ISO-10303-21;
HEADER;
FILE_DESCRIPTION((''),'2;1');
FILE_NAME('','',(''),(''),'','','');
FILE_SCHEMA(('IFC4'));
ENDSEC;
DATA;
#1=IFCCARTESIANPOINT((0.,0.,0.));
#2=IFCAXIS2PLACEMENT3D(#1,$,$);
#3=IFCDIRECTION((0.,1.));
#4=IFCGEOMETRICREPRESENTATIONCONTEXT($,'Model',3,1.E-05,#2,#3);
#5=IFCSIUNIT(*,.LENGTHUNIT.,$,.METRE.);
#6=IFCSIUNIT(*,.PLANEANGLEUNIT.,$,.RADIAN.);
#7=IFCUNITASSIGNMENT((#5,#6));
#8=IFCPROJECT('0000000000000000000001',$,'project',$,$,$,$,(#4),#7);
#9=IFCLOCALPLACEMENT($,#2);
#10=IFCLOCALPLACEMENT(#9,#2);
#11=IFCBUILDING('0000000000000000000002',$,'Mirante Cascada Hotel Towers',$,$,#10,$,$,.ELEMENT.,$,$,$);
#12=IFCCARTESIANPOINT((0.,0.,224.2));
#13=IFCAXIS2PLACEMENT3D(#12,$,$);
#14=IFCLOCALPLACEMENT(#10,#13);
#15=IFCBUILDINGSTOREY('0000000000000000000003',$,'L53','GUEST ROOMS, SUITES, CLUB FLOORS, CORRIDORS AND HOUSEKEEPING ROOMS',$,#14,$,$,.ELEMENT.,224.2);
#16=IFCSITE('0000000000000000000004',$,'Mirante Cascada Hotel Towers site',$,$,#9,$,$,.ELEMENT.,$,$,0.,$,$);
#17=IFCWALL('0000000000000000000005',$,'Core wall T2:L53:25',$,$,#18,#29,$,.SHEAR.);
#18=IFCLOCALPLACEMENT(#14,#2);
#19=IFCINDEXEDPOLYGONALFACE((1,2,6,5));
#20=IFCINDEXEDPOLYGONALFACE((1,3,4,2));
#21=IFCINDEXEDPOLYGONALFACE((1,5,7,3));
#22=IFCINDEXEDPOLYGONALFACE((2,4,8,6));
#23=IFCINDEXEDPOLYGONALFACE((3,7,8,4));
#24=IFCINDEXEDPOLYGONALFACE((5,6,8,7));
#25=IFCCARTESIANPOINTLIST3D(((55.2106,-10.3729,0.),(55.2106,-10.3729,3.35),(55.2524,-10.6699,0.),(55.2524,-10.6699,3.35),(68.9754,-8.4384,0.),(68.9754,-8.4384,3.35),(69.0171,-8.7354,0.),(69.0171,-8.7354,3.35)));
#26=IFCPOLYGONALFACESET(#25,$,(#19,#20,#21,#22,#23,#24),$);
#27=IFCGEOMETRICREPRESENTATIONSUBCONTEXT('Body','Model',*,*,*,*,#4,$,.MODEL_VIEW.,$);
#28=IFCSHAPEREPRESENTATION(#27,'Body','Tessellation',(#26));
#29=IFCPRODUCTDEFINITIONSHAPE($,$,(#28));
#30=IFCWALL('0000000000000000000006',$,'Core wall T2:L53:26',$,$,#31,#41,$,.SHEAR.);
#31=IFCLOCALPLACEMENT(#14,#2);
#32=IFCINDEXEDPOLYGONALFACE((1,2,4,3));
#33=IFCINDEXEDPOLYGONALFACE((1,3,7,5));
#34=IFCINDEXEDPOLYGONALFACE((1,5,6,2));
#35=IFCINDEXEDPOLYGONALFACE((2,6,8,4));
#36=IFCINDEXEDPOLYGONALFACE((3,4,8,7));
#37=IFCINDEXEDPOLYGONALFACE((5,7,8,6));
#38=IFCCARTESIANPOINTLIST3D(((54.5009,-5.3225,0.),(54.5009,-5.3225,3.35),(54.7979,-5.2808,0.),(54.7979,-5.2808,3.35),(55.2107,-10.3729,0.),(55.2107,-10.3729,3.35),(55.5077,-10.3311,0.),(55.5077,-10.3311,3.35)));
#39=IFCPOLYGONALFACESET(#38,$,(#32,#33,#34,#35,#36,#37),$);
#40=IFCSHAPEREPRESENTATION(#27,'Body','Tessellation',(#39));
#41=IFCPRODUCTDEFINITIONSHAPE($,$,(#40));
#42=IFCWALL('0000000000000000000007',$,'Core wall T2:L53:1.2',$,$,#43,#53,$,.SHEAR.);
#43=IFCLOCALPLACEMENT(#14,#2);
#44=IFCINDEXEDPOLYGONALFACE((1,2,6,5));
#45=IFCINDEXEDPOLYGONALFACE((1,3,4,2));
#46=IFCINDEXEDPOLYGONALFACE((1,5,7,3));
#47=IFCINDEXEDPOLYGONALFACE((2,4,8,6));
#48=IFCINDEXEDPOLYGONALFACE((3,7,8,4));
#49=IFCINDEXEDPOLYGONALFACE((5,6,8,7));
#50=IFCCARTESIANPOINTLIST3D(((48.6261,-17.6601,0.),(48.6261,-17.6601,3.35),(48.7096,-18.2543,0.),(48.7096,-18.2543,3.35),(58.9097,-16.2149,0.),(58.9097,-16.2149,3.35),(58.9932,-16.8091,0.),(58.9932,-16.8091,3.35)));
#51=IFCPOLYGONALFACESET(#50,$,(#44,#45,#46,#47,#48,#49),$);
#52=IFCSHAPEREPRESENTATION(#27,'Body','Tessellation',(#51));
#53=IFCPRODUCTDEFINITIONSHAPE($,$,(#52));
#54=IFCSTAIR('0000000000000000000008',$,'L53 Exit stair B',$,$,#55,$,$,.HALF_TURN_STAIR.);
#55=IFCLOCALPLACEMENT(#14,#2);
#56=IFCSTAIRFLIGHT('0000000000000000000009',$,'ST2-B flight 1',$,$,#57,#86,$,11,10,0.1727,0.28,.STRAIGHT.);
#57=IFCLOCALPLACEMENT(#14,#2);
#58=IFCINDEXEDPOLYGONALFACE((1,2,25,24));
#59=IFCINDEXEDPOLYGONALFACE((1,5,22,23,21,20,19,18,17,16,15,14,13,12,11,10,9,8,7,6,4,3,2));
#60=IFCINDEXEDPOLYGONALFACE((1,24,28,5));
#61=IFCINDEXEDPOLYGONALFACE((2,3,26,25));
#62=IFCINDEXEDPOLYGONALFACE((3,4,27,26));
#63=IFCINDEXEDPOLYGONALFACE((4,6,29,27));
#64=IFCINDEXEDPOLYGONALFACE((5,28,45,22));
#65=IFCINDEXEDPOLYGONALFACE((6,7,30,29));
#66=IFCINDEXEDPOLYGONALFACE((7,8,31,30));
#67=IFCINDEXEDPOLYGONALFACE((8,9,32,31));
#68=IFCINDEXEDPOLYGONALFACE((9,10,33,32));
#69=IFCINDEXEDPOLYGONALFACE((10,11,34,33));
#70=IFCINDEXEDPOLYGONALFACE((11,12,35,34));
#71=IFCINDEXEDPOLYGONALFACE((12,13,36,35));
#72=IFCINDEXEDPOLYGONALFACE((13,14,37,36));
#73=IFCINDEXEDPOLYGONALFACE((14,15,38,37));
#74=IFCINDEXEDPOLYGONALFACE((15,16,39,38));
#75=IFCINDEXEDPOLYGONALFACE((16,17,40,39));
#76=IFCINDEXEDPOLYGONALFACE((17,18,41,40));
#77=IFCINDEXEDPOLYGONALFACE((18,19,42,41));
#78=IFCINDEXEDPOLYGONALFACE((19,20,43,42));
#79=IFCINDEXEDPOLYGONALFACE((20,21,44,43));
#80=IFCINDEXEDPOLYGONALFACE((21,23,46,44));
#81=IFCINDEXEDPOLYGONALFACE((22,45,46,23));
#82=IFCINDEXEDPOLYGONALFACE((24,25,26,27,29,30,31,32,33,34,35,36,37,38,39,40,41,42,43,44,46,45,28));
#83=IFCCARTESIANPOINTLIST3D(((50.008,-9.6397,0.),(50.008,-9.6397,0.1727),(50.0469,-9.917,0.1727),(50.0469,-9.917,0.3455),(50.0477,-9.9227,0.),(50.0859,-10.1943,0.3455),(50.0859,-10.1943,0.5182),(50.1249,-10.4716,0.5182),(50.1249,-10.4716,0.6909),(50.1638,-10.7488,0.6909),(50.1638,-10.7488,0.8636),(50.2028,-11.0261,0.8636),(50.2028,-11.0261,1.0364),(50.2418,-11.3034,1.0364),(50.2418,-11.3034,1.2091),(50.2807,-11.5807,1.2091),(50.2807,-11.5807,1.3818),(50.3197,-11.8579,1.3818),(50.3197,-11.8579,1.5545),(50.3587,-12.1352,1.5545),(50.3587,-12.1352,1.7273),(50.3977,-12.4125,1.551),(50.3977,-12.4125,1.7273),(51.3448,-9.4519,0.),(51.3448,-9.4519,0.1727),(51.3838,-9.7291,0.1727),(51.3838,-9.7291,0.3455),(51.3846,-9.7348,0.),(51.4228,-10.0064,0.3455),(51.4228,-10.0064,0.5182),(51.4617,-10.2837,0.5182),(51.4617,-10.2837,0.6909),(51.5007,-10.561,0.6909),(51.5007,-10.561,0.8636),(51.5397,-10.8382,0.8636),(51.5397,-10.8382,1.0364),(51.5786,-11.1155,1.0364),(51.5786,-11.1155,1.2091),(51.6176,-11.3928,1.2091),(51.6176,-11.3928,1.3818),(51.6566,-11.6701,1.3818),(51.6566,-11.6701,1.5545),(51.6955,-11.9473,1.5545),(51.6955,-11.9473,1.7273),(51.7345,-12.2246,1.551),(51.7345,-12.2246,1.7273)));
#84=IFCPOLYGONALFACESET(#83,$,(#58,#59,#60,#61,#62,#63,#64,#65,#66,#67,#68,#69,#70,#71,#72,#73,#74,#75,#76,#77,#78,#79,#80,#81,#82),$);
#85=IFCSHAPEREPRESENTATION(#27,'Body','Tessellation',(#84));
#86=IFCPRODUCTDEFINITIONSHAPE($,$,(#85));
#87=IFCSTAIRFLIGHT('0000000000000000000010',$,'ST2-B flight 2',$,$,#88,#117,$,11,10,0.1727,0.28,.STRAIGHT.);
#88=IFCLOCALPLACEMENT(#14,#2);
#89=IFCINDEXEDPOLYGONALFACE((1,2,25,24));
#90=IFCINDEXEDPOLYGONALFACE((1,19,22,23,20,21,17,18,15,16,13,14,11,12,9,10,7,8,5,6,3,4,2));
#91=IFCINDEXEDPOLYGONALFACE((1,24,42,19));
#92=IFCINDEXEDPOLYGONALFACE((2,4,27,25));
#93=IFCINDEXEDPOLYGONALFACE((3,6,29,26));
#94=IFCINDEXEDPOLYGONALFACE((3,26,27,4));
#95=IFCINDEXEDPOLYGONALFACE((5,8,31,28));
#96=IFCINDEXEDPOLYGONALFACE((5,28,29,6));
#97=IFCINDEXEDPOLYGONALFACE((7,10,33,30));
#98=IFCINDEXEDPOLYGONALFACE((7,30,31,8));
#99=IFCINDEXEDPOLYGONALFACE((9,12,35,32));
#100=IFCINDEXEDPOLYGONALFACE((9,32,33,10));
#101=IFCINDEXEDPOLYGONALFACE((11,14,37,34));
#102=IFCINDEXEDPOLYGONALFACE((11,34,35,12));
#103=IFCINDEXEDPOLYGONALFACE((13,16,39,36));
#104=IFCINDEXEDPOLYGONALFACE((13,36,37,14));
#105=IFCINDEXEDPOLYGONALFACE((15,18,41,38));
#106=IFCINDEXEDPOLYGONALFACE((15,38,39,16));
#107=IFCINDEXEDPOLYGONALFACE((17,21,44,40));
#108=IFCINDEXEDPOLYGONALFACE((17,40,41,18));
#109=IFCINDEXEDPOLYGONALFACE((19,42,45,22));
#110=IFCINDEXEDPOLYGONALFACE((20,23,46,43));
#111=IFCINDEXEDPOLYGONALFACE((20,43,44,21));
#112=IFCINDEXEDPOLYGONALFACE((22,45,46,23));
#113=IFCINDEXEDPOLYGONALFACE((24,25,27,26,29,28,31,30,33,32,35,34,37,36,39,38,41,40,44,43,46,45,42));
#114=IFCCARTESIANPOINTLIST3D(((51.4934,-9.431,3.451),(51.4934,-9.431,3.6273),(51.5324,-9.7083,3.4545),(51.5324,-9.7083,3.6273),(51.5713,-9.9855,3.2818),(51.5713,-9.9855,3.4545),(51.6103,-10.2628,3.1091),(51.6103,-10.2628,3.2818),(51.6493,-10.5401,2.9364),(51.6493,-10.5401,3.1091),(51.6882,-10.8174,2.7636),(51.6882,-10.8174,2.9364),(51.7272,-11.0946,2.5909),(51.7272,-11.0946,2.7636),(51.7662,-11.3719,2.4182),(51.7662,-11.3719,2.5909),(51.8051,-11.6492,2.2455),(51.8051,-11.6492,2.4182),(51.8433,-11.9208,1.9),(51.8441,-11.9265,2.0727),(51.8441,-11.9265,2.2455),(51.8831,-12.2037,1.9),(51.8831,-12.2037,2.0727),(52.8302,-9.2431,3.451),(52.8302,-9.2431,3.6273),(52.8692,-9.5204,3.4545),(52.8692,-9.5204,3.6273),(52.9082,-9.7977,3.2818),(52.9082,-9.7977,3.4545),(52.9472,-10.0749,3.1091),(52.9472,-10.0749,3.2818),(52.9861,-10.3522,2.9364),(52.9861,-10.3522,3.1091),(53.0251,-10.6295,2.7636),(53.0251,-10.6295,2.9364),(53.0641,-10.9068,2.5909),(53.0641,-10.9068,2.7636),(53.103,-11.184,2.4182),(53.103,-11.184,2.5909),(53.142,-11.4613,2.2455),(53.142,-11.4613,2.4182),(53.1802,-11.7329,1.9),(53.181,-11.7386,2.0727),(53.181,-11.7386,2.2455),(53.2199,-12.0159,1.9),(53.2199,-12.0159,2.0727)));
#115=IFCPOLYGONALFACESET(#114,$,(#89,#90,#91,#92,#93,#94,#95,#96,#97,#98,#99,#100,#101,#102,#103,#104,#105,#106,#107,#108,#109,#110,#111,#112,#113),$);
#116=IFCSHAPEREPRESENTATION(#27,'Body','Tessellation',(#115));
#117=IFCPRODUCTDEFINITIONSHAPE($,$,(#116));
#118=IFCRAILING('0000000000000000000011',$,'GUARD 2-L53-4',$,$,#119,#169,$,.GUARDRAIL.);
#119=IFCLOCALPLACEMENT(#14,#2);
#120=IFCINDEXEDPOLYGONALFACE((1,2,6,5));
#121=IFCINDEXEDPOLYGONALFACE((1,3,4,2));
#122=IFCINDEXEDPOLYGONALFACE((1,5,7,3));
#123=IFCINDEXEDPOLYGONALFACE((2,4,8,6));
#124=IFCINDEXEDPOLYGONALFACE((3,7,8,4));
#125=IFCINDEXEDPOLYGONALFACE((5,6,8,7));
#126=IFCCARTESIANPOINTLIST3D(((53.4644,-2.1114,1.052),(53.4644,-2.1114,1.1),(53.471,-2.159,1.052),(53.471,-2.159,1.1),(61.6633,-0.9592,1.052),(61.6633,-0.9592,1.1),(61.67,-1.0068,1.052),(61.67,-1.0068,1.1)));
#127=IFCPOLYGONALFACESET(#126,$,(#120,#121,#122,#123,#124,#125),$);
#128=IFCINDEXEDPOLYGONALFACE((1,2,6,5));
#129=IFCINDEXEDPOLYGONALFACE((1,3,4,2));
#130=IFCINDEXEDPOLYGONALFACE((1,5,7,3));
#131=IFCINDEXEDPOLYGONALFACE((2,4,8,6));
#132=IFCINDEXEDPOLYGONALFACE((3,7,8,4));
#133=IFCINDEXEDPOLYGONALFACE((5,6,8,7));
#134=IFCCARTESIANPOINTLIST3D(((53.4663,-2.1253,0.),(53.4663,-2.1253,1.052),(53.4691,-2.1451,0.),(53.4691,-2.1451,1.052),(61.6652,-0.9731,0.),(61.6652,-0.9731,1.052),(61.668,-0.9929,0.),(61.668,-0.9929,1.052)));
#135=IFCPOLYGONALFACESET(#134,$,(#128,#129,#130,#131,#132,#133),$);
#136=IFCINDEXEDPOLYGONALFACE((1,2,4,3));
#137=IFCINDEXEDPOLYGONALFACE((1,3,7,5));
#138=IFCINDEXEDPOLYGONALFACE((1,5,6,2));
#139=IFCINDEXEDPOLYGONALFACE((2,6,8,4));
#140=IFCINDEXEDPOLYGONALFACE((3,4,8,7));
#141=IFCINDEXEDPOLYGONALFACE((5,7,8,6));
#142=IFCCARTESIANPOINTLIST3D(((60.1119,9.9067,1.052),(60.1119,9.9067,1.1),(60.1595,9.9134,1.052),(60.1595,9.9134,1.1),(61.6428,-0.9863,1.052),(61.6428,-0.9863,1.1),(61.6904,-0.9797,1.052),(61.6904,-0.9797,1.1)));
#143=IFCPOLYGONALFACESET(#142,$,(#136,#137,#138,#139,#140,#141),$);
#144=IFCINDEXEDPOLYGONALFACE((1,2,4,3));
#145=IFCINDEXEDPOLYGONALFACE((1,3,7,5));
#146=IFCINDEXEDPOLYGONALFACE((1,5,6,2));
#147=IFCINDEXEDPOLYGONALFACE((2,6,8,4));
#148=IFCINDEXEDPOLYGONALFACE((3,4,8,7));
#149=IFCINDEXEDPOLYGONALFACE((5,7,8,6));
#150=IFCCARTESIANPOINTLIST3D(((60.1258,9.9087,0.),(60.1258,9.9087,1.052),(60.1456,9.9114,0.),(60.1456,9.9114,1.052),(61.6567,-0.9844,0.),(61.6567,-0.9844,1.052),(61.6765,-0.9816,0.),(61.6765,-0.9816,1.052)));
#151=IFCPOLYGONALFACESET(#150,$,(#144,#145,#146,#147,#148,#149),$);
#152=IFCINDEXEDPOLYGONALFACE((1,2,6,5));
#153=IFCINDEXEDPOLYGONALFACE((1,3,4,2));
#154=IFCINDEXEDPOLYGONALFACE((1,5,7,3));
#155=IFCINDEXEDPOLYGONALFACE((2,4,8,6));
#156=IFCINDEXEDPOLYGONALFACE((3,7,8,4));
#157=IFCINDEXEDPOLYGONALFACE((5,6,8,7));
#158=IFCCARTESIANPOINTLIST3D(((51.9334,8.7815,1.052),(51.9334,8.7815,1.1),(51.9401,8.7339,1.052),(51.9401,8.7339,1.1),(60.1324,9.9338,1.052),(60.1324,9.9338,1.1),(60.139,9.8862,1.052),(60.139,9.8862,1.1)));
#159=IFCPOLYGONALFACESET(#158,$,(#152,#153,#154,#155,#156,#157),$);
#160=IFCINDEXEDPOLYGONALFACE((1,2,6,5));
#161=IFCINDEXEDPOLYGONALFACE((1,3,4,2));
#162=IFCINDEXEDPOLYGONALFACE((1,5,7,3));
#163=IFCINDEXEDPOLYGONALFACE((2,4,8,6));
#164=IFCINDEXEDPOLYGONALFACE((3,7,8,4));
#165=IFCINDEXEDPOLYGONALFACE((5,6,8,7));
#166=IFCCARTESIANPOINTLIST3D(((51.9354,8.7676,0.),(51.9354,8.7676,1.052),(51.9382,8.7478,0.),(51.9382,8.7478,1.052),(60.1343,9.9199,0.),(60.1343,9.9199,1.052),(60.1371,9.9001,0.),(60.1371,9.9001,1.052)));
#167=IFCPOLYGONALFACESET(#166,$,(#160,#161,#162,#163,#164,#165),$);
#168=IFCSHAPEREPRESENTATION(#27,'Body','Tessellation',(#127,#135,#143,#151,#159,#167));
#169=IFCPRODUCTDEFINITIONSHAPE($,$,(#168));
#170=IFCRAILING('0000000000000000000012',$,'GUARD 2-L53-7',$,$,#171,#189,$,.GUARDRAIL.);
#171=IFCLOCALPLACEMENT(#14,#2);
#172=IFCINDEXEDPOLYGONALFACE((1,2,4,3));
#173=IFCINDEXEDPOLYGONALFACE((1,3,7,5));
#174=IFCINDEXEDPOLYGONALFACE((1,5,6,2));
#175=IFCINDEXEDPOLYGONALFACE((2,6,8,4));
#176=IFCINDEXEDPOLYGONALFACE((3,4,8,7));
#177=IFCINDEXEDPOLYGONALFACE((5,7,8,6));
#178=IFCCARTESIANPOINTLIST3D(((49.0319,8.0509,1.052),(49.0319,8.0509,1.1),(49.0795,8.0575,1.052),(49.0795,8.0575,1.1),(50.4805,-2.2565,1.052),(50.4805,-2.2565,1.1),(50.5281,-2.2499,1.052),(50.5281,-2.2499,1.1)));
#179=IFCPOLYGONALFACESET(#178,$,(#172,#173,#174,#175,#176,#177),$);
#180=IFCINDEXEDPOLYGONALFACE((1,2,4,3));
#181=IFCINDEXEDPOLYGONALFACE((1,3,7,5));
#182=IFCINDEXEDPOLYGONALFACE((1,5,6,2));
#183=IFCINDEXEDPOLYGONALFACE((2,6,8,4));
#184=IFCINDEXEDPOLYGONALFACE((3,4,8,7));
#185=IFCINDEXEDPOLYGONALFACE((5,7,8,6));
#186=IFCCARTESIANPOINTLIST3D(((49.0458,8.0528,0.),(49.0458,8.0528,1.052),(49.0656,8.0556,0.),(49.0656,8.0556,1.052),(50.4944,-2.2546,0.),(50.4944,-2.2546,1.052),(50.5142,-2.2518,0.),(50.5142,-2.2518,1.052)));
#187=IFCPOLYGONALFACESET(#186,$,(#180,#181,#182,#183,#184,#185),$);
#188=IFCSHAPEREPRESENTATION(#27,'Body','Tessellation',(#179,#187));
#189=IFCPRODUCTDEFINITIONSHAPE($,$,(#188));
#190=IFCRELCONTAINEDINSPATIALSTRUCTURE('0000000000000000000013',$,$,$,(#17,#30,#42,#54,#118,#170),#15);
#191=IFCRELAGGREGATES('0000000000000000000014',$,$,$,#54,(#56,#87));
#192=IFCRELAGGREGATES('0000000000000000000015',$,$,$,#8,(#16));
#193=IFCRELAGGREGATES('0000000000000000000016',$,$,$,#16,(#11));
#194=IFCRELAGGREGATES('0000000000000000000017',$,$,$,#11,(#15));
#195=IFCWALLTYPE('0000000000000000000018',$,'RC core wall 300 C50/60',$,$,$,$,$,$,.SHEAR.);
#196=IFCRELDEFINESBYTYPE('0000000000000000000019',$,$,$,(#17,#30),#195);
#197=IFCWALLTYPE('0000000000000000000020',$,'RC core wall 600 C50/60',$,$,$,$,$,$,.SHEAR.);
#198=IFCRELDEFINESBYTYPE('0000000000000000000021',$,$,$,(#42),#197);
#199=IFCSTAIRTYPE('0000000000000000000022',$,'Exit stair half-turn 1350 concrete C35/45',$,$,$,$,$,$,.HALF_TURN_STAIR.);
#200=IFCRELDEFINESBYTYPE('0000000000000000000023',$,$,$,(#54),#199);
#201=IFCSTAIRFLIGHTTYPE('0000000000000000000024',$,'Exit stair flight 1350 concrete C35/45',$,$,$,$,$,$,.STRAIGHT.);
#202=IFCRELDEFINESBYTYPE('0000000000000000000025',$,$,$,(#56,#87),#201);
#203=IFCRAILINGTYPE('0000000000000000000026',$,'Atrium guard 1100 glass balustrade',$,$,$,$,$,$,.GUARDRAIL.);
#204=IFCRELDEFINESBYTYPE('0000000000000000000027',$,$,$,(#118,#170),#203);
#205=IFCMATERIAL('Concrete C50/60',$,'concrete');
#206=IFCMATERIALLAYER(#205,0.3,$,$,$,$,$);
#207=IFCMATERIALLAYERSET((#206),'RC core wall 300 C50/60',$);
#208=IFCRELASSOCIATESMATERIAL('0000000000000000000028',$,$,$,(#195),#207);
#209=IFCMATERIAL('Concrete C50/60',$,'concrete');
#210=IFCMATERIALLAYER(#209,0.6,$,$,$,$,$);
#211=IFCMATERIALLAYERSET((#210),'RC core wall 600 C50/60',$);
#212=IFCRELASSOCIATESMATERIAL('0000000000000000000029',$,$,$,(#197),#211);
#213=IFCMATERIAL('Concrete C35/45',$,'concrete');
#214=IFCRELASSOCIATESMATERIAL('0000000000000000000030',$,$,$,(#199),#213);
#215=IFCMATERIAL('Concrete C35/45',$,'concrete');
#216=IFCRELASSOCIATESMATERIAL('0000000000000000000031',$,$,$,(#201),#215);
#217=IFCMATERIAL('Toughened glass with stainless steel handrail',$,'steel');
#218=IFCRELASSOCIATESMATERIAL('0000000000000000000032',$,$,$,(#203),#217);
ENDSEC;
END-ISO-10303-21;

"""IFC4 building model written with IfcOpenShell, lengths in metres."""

from ifc_helpers import new_model, si_unit, direction, frame, frame_2d, origin, origin_2d, place, context, subcontext, project, spatial, polyline, rectangle, outline, extrude, material, layer, layer_set, type_object, element, aggregate, save


model = new_model("IFC4")

# Units and contexts
model_context = context("Model", 3, precision=1e-05, world=origin(), true_north=direction((0.0, 1.0)))
body_context = subcontext(model_context, "Body", "Model", "MODEL_VIEW")
ifc_project = project(units=[si_unit("LENGTHUNIT", "METRE"), si_unit("PLANEANGLEUNIT", "RADIAN")], contexts=[model_context])

# Site, building, storey
site_placement = place(None, origin())
site = spatial("IfcSite", under=ifc_project, at=site_placement, Name="Mirante Cascada Hotel Towers site", CompositionType="ELEMENT", RefElevation=0.0)
building_placement = place(site_placement, origin())
building = spatial("IfcBuilding", under=site, at=building_placement, Name="Mirante Cascada Hotel Towers", CompositionType="ELEMENT")
storey_placement = place(building_placement, frame((0.0, 0.0, 224.2)))
storey = spatial("IfcBuildingStorey", under=building, at=storey_placement, Name="L53", Description="GUEST ROOMS, SUITES, CLUB FLOORS, CORRIDORS AND HOUSEKEEPING ROOMS", CompositionType="ELEMENT", Elevation=224.2)

# Shared definitions
ifc_material_1 = material(Name="Concrete C50/60", Category="concrete")
ifc_layer_1 = layer(ifc_material_1, 0.3)
ifc_layer_set_1 = layer_set([ifc_layer_1], Name="RC core wall 300 C50/60")
wall_type_1 = type_object("IfcWallType", Name="RC core wall 300 C50/60", PredefinedType="SHEAR", material=ifc_layer_set_1)

# Walls
wall_1_placement = place(storey_placement, frame((55.2315, -10.5214, 0.0), z_axis=(0.0, 0.0, 1.0), x_axis=(0.990268, 0.139173, 0.0)))
element("IfcWall", 1, at=wall_1_placement, inside=storey, type_object=wall_type_1, Name="Core wall T2:L53:25", PredefinedType="SHEAR", context=body_context, shape_type="SweptSolid", body=[
    extrude(rectangle(XDim=13.9, YDim=0.3, at=frame_2d((6.95, 0.0))), origin(), (0.0, 0.0, 1.0), 3.35),
])
wall_2_placement = place(storey_placement, frame((55.3592, -10.352, 0.0), z_axis=(0.0, 0.0, 1.0), x_axis=(-0.139176, 0.990268, 0.0)))
element("IfcWall", 2, at=wall_2_placement, inside=storey, type_object=wall_type_1, Name="Core wall T2:L53:26", PredefinedType="SHEAR", context=body_context, shape_type="SweptSolid", body=[
    extrude(rectangle(XDim=5.1, YDim=0.3, at=frame_2d((2.55, 0.0))), origin(), (0.0, 0.0, 1.0), 3.35),
])
ifc_material_2 = material(Name="Concrete C50/60", Category="concrete")
ifc_layer_2 = layer(ifc_material_2, 0.6)
ifc_layer_set_2 = layer_set([ifc_layer_2], Name="RC core wall 600 C50/60")
wall_type_2 = type_object("IfcWallType", Name="RC core wall 600 C50/60", PredefinedType="SHEAR", material=ifc_layer_set_2)
wall_3_placement = place(storey_placement, frame((48.6678, -17.9572, 0.0), z_axis=(0.0, 0.0, 1.0), x_axis=(0.990269, 0.139167, 0.0)))
element("IfcWall", 3, at=wall_3_placement, inside=storey, type_object=wall_type_2, Name="Core wall T2:L53:1.2", PredefinedType="SHEAR", context=body_context, shape_type="SweptSolid", body=[
    extrude(rectangle(XDim=10.3847, YDim=0.6, at=frame_2d((5.1924, 0.0))), origin(), (0.0, 0.0, 1.0), 3.35),
])

# Stair, stair flights
ifc_material_3 = material(Name="Concrete C35/45", Category="concrete")
stair_type = type_object("IfcStairType", Name="Exit stair half-turn 1350 concrete C35/45", PredefinedType="HALF_TURN_STAIR", material=ifc_material_3)
stair_placement = place(storey_placement, origin())
stair = element("IfcStair", 4, at=stair_placement, inside=storey, type_object=stair_type, Name="L53 Exit stair B", PredefinedType="HALF_TURN_STAIR")
ifc_material_4 = material(Name="Concrete C35/45", Category="concrete")
stair_flight_type = type_object("IfcStairFlightType", Name="Exit stair flight 1350 concrete C35/45", PredefinedType="STRAIGHT", material=ifc_material_4)
stair_flight_1_placement = place(storey_placement, frame((50.6764, -9.5458, 0.0), z_axis=(0.0, 0.0, 1.0), x_axis=(0.139173, -0.990268, 0.0)))
stair_flight_1 = element("IfcStairFlight", 5, at=stair_flight_1_placement, type_object=stair_flight_type, Name="ST2-B flight 1", NumberOfRisers=11, NumberOfTreads=10, PredefinedType="STRAIGHT", RiserHeight=0.1727, TreadLength=0.28, context=body_context, shape_type="SweptSolid", body=[
    extrude(outline(polyline([(0.0, 0.0), (0.0, 0.1727), (0.28, 0.1727), (0.28, 0.3455), (0.56, 0.3455), (0.56, 0.5182), (0.84, 0.5182), (0.84, 0.6909), (1.12, 0.6909), (1.12, 0.8636), (1.4, 0.8636), (1.4, 1.0364), (1.68, 1.0364), (1.68, 1.2091), (1.96, 1.2091), (1.96, 1.3818), (2.24, 1.3818), (2.24, 1.5545), (2.52, 1.5545), (2.52, 1.7273), (2.8, 1.7273), (2.8, 1.9), (2.8, 1.551), (0.2857, 0.0), (0.0, 0.0)])), frame((0.0, 0.675, 0.0), z_axis=(0.0, -1.0, 0.0), x_axis=(1.0, 0.0, 0.0)), (0.0, 0.0, 1.0), 1.35),
])
stair_flight_2_placement = place(storey_placement, frame((52.5515, -12.1098, 1.9), z_axis=(0.0, 0.0, 1.0), x_axis=(-0.139173, 0.990268, 0.0)))
stair_flight_2 = element("IfcStairFlight", 6, at=stair_flight_2_placement, type_object=stair_flight_type, Name="ST2-B flight 2", NumberOfRisers=11, NumberOfTreads=10, PredefinedType="STRAIGHT", RiserHeight=0.1727, TreadLength=0.28, context=body_context, shape_type="SweptSolid", body=[
    extrude(outline(polyline([(0.0, 0.0), (0.0, 0.1727), (0.28, 0.1727), (0.28, 0.3455), (0.56, 0.3455), (0.56, 0.5182), (0.84, 0.5182), (0.84, 0.6909), (1.12, 0.6909), (1.12, 0.8636), (1.4, 0.8636), (1.4, 1.0364), (1.68, 1.0364), (1.68, 1.2091), (1.96, 1.2091), (1.96, 1.3818), (2.24, 1.3818), (2.24, 1.5545), (2.52, 1.5545), (2.52, 1.7273), (2.8, 1.7273), (2.8, 1.9), (2.8, 1.551), (0.2857, 0.0), (0.0, 0.0)])), frame((0.0, 0.675, 0.0), z_axis=(0.0, -1.0, 0.0), x_axis=(1.0, 0.0, 0.0)), (0.0, 0.0, 1.0), 1.35),
])
aggregate(stair, [stair_flight_1, stair_flight_2])

# Railings
ifc_material_5 = material(Name="Toughened glass with stainless steel handrail", Category="steel")
railing_type_1 = type_object("IfcRailingType", Name="Atrium guard 1100 glass balustrade", PredefinedType="GUARDRAIL", material=ifc_material_5)
railing_1_placement = place(storey_placement, frame((53.4677, -2.1352, 0.0)))
element("IfcRailing", 7, at=railing_1_placement, inside=storey, type_object=railing_type_1, Name="GUARD 2-L53-4", PredefinedType="GUARDRAIL", context=body_context, shape_type="SweptSolid", body=[
    extrude(rectangle(XDim=0.048, YDim=0.048, at=origin_2d()), frame((0.0, 0.0, 1.076), z_axis=(0.990269, 0.139164, 0.0), x_axis=(-0.139164, 0.990269, 0.0)), (0.0, 0.0, 1.0), 8.2795),
    extrude(rectangle(XDim=0.02, YDim=1.052, at=origin_2d()), frame((0.0, 0.0, 0.526), z_axis=(0.990269, 0.139164, 0.0), x_axis=(-0.139164, 0.990269, 0.0)), (0.0, 0.0, 1.0), 8.2795),
    extrude(rectangle(XDim=0.048, YDim=0.048, at=origin_2d()), frame((8.1989, 1.1522, 1.076), z_axis=(-0.139172, 0.990268, 0.0), x_axis=(-0.990268, -0.139172, 0.0)), (0.0, 0.0, 1.0), 11.0001),
    extrude(rectangle(XDim=0.02, YDim=1.052, at=origin_2d()), frame((8.1989, 1.1522, 0.526), z_axis=(-0.139172, 0.990268, 0.0), x_axis=(-0.990268, -0.139172, 0.0)), (0.0, 0.0, 1.0), 11.0001),
    extrude(rectangle(XDim=0.048, YDim=0.048, at=origin_2d()), frame((6.668, 12.0452, 1.076), z_axis=(-0.990268, -0.139175, 0.0), x_axis=(0.139175, -0.990268, 0.0)), (0.0, 0.0, 1.0), 8.2795),
    extrude(rectangle(XDim=0.02, YDim=1.052, at=origin_2d()), frame((6.668, 12.0452, 0.526), z_axis=(-0.990268, -0.139175, 0.0), x_axis=(0.139175, -0.990268, 0.0)), (0.0, 0.0, 1.0), 8.2795),
])
railing_2_placement = place(storey_placement, frame((50.5043, -2.2532, 0.0)))
element("IfcRailing", 8, at=railing_2_placement, inside=storey, type_object=railing_type_1, Name="GUARD 2-L53-7", PredefinedType="GUARDRAIL", context=body_context, shape_type="SweptSolid", body=[
    extrude(rectangle(XDim=0.048, YDim=0.048, at=origin_2d()), frame((0.0, 0.0, 1.076), z_axis=(-0.139172, 0.990268, 0.0), x_axis=(-0.990268, -0.139172, 0.0)), (0.0, 0.0, 1.0), 10.4087),
    extrude(rectangle(XDim=0.02, YDim=1.052, at=origin_2d()), frame((0.0, 0.0, 0.526), z_axis=(-0.139172, 0.990268, 0.0), x_axis=(-0.990268, -0.139172, 0.0)), (0.0, 0.0, 1.0), 10.4087),
])

save(model, "model.ifc")
